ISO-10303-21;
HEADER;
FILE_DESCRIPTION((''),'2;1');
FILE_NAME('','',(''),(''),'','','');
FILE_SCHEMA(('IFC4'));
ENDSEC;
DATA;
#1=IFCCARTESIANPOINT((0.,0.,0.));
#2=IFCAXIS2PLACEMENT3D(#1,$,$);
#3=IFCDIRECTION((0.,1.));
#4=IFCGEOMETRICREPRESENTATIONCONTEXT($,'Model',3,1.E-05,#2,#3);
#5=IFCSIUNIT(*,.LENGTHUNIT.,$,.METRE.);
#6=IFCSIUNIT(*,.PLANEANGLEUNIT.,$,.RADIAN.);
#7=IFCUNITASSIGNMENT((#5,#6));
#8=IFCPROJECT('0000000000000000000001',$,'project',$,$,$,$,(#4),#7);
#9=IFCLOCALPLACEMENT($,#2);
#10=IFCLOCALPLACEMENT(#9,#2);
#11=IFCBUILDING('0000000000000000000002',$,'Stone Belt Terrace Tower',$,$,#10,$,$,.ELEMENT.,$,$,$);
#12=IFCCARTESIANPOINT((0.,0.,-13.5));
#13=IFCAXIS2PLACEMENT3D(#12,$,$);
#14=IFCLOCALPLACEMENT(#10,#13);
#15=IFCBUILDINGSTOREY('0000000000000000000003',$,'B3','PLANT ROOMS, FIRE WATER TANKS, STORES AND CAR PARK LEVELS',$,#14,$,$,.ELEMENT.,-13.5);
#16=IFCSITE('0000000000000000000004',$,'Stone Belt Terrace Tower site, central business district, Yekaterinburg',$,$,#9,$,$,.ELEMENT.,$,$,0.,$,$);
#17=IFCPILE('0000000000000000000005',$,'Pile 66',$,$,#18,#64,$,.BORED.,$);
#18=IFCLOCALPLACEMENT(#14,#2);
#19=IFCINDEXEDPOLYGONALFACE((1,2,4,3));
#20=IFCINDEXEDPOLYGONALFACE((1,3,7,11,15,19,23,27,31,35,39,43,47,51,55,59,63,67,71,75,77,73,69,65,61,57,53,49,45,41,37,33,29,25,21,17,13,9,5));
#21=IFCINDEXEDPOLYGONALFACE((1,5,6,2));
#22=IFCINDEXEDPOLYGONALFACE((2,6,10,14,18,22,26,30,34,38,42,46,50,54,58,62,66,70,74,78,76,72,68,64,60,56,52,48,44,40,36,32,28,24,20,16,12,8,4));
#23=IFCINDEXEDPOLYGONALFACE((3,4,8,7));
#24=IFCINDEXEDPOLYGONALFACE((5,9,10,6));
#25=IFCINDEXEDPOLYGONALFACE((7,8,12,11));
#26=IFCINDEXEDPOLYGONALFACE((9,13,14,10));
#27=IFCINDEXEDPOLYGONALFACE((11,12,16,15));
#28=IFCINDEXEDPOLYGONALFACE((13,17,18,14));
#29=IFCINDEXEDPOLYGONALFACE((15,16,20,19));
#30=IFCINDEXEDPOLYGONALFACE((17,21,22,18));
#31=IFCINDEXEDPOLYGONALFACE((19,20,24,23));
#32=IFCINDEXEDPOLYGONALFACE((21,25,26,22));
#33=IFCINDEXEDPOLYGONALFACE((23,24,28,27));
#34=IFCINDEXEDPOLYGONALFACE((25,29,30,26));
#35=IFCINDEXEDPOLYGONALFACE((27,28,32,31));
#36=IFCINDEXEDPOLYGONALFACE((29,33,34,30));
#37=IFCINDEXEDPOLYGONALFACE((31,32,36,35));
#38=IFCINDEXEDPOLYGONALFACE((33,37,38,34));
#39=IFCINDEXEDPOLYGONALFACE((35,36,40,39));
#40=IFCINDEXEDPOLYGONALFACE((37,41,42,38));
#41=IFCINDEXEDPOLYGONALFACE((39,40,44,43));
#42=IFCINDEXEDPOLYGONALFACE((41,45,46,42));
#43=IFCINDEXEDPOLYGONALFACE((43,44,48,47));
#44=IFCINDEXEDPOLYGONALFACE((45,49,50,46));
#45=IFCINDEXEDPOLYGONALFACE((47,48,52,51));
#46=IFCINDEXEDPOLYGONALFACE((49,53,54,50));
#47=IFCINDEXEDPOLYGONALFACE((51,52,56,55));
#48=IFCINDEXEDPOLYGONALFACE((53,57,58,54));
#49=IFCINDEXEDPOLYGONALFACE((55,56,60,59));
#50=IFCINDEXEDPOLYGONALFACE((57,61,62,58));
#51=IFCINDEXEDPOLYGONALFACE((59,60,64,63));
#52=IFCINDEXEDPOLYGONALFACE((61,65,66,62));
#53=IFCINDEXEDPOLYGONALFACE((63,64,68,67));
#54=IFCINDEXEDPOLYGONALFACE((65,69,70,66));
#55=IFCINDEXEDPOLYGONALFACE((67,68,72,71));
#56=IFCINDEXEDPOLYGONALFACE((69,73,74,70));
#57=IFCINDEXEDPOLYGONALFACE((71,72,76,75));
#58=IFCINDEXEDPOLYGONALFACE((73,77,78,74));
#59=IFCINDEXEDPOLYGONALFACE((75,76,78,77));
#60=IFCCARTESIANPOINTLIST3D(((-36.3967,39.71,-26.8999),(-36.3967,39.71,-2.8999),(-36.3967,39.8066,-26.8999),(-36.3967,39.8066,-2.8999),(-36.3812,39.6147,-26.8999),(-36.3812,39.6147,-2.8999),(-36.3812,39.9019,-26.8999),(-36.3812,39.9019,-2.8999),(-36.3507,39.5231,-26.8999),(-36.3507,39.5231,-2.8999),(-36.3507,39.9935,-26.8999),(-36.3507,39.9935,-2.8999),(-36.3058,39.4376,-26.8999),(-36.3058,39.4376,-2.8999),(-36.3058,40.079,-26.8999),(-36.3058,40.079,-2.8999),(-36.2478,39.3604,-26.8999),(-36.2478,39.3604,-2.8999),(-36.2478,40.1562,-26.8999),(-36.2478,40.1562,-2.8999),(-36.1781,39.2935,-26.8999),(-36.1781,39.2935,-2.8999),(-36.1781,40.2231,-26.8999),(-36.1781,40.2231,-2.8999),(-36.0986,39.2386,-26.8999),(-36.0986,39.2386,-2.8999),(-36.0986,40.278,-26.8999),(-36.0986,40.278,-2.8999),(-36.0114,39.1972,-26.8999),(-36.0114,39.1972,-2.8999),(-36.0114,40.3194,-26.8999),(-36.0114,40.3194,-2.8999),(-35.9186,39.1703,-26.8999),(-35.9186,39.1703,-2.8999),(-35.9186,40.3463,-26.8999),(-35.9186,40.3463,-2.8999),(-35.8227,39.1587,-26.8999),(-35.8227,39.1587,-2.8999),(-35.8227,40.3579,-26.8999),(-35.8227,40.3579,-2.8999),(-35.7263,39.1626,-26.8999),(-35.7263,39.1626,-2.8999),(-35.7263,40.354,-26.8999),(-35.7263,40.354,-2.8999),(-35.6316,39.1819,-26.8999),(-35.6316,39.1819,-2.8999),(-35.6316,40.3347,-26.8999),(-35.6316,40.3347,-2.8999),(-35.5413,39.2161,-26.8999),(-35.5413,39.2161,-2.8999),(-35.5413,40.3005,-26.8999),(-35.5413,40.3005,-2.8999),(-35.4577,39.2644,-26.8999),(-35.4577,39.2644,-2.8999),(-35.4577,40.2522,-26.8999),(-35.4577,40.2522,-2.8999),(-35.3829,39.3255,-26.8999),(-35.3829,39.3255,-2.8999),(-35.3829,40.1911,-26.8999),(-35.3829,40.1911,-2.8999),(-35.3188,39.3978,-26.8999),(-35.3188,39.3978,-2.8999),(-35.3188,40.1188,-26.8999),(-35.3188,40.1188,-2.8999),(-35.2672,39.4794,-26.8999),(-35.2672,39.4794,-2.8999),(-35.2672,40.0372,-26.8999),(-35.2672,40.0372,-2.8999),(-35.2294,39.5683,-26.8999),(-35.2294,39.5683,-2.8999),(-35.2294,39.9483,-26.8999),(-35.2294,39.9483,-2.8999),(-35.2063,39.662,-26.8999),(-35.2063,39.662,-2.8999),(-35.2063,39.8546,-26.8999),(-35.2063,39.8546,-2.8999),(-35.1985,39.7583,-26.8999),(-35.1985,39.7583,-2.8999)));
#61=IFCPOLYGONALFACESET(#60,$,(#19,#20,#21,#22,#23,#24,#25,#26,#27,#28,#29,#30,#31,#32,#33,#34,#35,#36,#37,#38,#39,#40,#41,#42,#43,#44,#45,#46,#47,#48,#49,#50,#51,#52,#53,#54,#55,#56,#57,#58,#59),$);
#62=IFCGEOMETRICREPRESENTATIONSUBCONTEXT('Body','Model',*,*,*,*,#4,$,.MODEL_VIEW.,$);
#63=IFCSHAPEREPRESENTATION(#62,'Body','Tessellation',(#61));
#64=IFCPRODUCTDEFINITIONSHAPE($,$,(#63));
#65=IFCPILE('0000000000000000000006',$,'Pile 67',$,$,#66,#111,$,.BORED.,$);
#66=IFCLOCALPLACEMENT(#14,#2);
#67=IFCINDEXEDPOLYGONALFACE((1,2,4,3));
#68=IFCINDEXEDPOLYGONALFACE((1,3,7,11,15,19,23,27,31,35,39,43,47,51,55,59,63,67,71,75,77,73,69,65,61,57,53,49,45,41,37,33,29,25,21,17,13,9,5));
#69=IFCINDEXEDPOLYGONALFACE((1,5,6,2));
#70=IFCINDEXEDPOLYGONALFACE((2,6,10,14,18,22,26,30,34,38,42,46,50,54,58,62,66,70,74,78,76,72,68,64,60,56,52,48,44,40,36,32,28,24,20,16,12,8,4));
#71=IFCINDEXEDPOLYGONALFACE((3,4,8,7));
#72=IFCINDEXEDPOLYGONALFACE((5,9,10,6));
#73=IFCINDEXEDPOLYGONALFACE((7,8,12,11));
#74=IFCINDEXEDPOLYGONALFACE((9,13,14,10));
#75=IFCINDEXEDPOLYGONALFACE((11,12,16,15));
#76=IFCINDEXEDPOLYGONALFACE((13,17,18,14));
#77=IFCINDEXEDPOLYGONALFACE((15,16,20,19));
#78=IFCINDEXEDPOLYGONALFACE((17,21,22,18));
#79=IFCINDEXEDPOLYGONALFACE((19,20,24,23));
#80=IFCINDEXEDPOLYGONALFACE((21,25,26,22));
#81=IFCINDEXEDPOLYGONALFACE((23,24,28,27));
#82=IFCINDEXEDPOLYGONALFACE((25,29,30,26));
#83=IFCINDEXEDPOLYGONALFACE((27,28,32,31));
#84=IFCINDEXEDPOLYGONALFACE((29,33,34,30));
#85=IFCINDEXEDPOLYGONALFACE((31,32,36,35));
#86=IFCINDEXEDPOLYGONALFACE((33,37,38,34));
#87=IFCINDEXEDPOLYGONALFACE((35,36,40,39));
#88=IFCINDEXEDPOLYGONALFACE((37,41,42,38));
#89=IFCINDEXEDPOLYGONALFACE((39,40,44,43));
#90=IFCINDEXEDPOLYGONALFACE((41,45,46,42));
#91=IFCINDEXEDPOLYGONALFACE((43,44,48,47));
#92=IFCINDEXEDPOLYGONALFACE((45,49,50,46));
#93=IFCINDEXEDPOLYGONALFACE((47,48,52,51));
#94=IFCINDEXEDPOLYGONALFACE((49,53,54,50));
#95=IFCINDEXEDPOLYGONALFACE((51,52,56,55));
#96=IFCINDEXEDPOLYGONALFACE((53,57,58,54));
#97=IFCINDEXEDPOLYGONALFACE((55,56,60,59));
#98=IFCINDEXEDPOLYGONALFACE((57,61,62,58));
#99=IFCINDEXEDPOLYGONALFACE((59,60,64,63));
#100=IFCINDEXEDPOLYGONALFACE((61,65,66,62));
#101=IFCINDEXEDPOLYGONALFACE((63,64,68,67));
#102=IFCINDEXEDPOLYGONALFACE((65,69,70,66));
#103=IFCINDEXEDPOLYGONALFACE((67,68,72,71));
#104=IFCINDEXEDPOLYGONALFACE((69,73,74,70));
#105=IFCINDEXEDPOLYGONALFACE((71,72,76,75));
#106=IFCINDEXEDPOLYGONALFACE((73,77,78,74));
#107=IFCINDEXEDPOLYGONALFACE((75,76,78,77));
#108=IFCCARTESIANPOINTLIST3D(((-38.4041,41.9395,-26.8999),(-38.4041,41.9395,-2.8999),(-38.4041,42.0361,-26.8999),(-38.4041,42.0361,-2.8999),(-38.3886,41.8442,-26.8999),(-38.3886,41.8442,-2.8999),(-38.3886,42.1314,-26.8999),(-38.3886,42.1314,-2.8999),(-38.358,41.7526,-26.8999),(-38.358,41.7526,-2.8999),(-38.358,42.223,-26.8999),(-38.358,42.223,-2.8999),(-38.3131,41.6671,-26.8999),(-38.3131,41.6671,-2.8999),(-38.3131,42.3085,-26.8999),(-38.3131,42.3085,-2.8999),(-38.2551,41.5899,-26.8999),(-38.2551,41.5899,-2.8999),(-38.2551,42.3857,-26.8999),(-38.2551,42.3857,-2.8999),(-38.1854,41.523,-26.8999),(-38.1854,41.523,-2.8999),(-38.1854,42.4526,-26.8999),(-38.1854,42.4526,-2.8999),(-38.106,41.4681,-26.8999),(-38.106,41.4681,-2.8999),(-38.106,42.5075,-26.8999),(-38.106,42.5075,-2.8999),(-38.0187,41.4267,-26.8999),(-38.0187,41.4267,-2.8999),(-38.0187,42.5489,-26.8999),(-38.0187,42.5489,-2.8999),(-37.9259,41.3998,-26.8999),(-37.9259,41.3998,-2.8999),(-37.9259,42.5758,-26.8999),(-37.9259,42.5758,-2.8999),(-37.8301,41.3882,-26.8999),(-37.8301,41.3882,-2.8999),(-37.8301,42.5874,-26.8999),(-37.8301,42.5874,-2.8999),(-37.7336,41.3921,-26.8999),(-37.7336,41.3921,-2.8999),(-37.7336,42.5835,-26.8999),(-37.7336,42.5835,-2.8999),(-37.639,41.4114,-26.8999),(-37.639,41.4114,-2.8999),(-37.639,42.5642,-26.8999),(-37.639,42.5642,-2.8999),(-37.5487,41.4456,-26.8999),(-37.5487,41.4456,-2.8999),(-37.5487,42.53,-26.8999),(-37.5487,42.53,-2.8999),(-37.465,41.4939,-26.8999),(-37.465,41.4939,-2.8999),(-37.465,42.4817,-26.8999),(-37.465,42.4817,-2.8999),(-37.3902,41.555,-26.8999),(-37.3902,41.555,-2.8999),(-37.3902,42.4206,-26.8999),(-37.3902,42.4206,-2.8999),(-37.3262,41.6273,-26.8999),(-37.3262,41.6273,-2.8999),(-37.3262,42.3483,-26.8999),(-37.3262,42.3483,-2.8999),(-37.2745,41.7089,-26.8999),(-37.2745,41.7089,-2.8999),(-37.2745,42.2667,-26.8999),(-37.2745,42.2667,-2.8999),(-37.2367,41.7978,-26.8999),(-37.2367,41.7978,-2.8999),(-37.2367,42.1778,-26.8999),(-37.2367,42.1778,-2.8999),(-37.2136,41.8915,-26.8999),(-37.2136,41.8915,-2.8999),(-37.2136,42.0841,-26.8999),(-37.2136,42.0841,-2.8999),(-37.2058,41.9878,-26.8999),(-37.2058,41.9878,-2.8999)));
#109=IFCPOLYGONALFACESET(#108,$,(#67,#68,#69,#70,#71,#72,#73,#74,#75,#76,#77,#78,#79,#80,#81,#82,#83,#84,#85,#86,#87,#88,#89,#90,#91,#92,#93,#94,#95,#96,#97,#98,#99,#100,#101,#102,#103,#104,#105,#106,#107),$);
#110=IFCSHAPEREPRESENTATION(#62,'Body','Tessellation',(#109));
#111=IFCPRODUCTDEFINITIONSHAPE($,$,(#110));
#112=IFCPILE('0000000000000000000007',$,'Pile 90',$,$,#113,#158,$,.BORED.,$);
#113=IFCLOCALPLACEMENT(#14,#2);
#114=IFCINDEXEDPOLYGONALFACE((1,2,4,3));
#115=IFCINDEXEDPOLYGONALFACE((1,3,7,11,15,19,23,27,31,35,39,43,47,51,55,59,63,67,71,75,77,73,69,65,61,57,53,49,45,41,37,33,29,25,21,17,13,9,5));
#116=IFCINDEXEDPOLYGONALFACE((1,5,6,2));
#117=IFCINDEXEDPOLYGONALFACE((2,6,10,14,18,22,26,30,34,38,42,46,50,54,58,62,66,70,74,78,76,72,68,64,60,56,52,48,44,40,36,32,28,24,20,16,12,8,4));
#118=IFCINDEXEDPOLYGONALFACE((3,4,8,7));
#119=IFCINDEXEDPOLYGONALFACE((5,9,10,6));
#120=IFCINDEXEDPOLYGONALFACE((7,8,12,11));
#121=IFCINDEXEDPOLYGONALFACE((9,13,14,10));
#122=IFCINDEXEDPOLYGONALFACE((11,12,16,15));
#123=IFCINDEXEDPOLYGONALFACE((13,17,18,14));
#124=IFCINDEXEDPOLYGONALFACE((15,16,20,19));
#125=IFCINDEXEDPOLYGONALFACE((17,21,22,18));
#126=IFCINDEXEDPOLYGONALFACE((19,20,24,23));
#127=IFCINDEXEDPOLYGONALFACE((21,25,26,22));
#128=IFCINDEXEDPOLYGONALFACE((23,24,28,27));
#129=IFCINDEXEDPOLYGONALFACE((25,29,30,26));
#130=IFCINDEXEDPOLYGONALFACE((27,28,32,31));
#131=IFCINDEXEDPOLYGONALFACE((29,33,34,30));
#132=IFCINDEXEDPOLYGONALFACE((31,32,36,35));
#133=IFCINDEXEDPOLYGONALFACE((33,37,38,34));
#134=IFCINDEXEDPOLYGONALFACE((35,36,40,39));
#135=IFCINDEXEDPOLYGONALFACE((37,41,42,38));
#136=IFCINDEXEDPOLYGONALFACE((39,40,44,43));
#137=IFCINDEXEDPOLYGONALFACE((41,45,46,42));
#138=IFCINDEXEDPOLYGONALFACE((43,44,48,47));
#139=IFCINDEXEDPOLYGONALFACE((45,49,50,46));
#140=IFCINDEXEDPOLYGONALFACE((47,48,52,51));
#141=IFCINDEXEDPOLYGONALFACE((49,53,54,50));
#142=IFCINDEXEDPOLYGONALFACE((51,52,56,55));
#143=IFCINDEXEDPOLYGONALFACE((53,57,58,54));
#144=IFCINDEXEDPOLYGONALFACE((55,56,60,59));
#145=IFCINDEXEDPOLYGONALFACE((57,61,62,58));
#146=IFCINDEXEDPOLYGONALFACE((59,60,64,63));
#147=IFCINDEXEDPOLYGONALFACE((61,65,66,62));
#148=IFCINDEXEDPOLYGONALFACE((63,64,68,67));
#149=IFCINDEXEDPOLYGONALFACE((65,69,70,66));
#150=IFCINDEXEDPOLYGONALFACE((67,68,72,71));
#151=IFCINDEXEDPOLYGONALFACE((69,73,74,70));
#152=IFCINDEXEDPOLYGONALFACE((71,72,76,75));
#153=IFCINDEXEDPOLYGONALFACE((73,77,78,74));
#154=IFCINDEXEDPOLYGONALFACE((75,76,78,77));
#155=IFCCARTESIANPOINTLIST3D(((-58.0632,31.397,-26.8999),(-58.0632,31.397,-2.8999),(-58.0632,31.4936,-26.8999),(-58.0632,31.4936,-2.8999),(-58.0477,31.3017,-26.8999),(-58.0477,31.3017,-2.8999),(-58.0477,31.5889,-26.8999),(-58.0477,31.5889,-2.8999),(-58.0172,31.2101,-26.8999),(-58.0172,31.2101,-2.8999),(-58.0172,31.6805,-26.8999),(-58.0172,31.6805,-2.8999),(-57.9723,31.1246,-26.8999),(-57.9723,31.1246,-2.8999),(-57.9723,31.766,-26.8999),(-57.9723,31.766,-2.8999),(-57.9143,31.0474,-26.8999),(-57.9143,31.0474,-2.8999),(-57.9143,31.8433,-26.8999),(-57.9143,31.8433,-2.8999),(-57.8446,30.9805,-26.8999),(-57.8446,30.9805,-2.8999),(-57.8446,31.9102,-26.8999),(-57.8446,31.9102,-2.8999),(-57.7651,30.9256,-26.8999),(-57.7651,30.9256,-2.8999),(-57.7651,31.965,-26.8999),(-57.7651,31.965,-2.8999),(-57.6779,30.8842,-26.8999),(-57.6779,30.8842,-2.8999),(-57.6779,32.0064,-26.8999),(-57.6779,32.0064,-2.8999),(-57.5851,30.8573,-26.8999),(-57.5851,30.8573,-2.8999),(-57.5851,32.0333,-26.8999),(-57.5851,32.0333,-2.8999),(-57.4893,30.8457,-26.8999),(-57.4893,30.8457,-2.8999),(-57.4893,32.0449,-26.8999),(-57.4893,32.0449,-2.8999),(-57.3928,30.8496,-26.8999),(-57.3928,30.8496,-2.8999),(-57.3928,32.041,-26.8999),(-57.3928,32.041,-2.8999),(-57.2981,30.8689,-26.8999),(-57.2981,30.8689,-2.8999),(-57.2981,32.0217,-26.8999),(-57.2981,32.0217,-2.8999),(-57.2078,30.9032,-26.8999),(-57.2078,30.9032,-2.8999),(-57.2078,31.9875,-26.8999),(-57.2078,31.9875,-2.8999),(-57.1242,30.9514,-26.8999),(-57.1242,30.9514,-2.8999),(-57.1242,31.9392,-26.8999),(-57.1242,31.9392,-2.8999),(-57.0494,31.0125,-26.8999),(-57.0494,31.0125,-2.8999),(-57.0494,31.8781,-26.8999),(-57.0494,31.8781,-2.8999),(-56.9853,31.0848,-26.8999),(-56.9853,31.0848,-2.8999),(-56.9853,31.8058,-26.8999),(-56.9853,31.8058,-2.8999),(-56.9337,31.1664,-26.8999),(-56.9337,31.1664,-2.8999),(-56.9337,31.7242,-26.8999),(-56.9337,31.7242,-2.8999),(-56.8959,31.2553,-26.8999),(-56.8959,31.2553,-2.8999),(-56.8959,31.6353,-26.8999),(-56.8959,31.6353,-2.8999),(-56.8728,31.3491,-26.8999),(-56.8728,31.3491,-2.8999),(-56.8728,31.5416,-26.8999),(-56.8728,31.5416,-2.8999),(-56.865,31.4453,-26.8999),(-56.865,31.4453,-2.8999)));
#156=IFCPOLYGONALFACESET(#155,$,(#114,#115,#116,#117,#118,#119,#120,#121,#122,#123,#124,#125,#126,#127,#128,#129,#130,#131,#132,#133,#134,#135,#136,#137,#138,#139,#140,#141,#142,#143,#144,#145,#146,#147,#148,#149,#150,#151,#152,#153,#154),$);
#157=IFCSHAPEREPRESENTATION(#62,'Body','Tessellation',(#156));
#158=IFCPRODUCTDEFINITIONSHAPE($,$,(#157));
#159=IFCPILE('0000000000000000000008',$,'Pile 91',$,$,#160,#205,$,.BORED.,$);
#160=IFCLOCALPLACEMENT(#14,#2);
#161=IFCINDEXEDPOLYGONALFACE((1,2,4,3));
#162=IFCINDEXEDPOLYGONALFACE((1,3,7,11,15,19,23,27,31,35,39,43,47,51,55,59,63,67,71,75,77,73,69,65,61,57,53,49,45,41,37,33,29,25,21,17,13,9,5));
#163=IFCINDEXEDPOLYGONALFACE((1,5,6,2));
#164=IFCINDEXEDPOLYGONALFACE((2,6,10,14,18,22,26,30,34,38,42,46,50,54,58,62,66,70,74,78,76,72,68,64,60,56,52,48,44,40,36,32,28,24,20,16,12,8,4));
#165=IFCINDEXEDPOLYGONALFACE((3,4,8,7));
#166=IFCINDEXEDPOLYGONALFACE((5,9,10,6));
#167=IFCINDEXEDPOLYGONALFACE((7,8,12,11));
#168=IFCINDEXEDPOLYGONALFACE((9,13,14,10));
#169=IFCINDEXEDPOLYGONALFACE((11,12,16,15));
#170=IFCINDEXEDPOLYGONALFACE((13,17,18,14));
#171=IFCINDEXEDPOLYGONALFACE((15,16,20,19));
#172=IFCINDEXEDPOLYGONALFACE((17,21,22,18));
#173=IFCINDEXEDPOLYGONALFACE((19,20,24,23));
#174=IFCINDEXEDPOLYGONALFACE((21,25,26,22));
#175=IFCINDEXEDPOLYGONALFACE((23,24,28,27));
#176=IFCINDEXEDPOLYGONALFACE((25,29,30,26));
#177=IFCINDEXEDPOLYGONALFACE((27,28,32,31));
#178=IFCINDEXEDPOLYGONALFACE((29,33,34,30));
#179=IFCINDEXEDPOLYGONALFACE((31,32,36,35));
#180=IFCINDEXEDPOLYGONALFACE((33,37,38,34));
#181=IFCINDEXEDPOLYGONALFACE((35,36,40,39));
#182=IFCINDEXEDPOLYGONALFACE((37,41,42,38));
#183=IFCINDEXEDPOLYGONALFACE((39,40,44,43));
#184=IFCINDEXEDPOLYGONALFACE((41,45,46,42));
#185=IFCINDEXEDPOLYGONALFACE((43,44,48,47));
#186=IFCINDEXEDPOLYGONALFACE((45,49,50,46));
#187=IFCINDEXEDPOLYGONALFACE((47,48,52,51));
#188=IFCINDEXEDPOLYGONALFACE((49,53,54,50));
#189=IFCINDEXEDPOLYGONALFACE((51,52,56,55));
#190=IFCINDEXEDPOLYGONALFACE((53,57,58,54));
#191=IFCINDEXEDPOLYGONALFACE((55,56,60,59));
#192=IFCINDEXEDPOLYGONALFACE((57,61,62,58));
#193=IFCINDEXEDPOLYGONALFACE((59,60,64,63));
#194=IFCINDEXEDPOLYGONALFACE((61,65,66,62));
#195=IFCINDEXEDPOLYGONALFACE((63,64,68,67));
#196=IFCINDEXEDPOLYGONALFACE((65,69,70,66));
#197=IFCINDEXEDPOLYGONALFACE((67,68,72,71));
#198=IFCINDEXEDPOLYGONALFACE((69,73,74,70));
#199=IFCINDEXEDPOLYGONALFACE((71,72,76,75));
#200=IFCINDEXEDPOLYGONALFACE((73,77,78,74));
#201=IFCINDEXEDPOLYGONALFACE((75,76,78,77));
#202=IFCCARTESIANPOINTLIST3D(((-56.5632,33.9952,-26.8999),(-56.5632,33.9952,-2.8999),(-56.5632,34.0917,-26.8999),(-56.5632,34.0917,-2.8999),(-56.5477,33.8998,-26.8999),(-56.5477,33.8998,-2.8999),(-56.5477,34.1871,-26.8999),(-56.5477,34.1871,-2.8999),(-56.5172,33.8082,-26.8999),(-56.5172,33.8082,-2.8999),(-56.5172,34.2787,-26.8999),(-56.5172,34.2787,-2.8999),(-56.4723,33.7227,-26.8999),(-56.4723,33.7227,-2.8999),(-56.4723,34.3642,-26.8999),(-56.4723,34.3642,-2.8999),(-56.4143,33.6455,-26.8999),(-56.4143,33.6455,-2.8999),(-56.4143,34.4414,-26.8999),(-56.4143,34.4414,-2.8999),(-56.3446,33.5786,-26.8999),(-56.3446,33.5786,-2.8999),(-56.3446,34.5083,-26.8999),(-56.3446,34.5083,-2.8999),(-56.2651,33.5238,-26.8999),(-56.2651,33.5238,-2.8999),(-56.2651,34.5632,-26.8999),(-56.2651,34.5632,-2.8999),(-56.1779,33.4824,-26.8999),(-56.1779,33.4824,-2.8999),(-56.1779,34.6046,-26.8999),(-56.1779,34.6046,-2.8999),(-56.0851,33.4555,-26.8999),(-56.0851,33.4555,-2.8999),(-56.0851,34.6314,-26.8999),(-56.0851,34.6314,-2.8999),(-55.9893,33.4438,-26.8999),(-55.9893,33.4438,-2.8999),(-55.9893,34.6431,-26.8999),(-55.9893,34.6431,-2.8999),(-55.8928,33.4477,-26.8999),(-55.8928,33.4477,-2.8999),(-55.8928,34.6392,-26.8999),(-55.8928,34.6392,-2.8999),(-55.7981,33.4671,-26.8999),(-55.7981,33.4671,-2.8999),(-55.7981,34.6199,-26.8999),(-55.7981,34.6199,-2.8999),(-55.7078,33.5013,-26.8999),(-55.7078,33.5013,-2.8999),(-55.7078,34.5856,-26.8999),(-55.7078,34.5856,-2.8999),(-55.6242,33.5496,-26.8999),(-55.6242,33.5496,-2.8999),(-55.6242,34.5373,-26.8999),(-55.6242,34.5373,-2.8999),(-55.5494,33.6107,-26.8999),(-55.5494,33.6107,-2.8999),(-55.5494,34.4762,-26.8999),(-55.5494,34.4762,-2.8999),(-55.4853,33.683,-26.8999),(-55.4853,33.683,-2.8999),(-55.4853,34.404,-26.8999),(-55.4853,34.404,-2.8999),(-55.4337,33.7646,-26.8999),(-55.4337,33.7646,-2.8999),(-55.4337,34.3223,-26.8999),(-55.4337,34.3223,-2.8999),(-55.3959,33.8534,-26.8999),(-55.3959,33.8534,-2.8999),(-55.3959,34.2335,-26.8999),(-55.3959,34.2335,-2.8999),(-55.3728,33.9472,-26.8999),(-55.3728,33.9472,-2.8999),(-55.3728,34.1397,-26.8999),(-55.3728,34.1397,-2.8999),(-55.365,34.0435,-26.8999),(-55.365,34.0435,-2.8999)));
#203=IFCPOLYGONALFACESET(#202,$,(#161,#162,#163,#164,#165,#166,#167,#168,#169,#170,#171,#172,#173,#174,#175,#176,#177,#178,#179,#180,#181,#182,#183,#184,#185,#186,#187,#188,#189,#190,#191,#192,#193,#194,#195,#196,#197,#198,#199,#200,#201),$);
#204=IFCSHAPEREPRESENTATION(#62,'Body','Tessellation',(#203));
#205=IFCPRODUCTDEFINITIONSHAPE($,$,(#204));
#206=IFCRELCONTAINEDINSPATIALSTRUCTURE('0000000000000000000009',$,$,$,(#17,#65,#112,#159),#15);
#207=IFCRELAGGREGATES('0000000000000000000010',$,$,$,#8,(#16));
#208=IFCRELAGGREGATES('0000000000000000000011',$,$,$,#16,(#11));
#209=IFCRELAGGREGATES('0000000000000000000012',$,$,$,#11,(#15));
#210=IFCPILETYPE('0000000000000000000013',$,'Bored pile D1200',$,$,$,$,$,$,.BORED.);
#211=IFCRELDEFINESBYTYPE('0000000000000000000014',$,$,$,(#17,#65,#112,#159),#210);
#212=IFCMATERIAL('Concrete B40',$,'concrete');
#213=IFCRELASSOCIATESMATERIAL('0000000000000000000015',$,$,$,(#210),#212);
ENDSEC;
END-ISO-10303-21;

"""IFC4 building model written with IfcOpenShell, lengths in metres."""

from ifc_helpers import new_model, si_unit, direction, frame, origin, origin_2d, place, context, subcontext, project, spatial, circle, extrude, material, material_profile, profile_set, type_object, element, save


model = new_model("IFC4")

# Units and contexts
model_context = context("Model", 3, precision=1e-05, world=origin(), true_north=direction((0.0, 1.0)))
body_context = subcontext(model_context, "Body", "Model", "MODEL_VIEW")
ifc_project = project(units=[si_unit("LENGTHUNIT", "METRE"), si_unit("PLANEANGLEUNIT", "RADIAN")], contexts=[model_context])

# Site, building, storey
site_placement = place(None, origin())
site = spatial("IfcSite", under=ifc_project, at=site_placement, Name="Stone Belt Terrace Tower site, central business district, Yekaterinburg", CompositionType="ELEMENT", RefElevation=0.0)
building_placement = place(site_placement, origin())
building = spatial("IfcBuilding", under=site, at=building_placement, Name="Stone Belt Terrace Tower", CompositionType="ELEMENT")
storey_placement = place(building_placement, frame((0.0, 0.0, -13.5)))
storey = spatial("IfcBuildingStorey", under=building, at=storey_placement, Name="B3", Description="PLANT ROOMS, FIRE WATER TANKS, STORES AND CAR PARK LEVELS", CompositionType="ELEMENT", Elevation=-13.5)

# Piles
ifc_material_1 = material(Name="Concrete B40", Category="concrete")
ifc_material_profile_1 = material_profile(ifc_material_1, circle(Radius=0.6001, at=origin_2d()), Name="PILE D1200")
ifc_profile_set_1 = profile_set([ifc_material_profile_1], Name="Concrete B40")
pile_type = type_object("IfcPileType", Name="Bored pile D1200", PredefinedType="BORED", material=ifc_profile_set_1)
for number, where, z_axis, x_axis, name in (
    (1, (-35.7986, 39.7583, -2.8999), (0.0, 0.0, -1.0), (1.0, 0.0, 0.0), "Pile 66"),
    (2, (-37.8059, 41.9878, -2.8999), (0.0, 0.0, -1.0), (1.0, 0.0, 0.0), "Pile 67"),
    (3, (-57.4651, 31.4453, -2.8999), (0.0, 0.0, -1.0), (1.0, 0.0, 0.0), "Pile 90"),
    (4, (-55.9651, 34.0435, -2.8999), (0.0, 0.0, -1.0), (1.0, 0.0, 0.0), "Pile 91"),
):
    element("IfcPile", number, at=place(storey_placement, frame(where, z_axis=z_axis, x_axis=x_axis)), inside=storey, type_object=pile_type, Name=name, PredefinedType="BORED", context=body_context, shape_type="SweptSolid", body=[
        extrude(circle(Radius=0.6001, at=origin_2d()), origin(), (0.0, 0.0, 1.0), 24.0),
    ])

save(model, "model.ifc")
